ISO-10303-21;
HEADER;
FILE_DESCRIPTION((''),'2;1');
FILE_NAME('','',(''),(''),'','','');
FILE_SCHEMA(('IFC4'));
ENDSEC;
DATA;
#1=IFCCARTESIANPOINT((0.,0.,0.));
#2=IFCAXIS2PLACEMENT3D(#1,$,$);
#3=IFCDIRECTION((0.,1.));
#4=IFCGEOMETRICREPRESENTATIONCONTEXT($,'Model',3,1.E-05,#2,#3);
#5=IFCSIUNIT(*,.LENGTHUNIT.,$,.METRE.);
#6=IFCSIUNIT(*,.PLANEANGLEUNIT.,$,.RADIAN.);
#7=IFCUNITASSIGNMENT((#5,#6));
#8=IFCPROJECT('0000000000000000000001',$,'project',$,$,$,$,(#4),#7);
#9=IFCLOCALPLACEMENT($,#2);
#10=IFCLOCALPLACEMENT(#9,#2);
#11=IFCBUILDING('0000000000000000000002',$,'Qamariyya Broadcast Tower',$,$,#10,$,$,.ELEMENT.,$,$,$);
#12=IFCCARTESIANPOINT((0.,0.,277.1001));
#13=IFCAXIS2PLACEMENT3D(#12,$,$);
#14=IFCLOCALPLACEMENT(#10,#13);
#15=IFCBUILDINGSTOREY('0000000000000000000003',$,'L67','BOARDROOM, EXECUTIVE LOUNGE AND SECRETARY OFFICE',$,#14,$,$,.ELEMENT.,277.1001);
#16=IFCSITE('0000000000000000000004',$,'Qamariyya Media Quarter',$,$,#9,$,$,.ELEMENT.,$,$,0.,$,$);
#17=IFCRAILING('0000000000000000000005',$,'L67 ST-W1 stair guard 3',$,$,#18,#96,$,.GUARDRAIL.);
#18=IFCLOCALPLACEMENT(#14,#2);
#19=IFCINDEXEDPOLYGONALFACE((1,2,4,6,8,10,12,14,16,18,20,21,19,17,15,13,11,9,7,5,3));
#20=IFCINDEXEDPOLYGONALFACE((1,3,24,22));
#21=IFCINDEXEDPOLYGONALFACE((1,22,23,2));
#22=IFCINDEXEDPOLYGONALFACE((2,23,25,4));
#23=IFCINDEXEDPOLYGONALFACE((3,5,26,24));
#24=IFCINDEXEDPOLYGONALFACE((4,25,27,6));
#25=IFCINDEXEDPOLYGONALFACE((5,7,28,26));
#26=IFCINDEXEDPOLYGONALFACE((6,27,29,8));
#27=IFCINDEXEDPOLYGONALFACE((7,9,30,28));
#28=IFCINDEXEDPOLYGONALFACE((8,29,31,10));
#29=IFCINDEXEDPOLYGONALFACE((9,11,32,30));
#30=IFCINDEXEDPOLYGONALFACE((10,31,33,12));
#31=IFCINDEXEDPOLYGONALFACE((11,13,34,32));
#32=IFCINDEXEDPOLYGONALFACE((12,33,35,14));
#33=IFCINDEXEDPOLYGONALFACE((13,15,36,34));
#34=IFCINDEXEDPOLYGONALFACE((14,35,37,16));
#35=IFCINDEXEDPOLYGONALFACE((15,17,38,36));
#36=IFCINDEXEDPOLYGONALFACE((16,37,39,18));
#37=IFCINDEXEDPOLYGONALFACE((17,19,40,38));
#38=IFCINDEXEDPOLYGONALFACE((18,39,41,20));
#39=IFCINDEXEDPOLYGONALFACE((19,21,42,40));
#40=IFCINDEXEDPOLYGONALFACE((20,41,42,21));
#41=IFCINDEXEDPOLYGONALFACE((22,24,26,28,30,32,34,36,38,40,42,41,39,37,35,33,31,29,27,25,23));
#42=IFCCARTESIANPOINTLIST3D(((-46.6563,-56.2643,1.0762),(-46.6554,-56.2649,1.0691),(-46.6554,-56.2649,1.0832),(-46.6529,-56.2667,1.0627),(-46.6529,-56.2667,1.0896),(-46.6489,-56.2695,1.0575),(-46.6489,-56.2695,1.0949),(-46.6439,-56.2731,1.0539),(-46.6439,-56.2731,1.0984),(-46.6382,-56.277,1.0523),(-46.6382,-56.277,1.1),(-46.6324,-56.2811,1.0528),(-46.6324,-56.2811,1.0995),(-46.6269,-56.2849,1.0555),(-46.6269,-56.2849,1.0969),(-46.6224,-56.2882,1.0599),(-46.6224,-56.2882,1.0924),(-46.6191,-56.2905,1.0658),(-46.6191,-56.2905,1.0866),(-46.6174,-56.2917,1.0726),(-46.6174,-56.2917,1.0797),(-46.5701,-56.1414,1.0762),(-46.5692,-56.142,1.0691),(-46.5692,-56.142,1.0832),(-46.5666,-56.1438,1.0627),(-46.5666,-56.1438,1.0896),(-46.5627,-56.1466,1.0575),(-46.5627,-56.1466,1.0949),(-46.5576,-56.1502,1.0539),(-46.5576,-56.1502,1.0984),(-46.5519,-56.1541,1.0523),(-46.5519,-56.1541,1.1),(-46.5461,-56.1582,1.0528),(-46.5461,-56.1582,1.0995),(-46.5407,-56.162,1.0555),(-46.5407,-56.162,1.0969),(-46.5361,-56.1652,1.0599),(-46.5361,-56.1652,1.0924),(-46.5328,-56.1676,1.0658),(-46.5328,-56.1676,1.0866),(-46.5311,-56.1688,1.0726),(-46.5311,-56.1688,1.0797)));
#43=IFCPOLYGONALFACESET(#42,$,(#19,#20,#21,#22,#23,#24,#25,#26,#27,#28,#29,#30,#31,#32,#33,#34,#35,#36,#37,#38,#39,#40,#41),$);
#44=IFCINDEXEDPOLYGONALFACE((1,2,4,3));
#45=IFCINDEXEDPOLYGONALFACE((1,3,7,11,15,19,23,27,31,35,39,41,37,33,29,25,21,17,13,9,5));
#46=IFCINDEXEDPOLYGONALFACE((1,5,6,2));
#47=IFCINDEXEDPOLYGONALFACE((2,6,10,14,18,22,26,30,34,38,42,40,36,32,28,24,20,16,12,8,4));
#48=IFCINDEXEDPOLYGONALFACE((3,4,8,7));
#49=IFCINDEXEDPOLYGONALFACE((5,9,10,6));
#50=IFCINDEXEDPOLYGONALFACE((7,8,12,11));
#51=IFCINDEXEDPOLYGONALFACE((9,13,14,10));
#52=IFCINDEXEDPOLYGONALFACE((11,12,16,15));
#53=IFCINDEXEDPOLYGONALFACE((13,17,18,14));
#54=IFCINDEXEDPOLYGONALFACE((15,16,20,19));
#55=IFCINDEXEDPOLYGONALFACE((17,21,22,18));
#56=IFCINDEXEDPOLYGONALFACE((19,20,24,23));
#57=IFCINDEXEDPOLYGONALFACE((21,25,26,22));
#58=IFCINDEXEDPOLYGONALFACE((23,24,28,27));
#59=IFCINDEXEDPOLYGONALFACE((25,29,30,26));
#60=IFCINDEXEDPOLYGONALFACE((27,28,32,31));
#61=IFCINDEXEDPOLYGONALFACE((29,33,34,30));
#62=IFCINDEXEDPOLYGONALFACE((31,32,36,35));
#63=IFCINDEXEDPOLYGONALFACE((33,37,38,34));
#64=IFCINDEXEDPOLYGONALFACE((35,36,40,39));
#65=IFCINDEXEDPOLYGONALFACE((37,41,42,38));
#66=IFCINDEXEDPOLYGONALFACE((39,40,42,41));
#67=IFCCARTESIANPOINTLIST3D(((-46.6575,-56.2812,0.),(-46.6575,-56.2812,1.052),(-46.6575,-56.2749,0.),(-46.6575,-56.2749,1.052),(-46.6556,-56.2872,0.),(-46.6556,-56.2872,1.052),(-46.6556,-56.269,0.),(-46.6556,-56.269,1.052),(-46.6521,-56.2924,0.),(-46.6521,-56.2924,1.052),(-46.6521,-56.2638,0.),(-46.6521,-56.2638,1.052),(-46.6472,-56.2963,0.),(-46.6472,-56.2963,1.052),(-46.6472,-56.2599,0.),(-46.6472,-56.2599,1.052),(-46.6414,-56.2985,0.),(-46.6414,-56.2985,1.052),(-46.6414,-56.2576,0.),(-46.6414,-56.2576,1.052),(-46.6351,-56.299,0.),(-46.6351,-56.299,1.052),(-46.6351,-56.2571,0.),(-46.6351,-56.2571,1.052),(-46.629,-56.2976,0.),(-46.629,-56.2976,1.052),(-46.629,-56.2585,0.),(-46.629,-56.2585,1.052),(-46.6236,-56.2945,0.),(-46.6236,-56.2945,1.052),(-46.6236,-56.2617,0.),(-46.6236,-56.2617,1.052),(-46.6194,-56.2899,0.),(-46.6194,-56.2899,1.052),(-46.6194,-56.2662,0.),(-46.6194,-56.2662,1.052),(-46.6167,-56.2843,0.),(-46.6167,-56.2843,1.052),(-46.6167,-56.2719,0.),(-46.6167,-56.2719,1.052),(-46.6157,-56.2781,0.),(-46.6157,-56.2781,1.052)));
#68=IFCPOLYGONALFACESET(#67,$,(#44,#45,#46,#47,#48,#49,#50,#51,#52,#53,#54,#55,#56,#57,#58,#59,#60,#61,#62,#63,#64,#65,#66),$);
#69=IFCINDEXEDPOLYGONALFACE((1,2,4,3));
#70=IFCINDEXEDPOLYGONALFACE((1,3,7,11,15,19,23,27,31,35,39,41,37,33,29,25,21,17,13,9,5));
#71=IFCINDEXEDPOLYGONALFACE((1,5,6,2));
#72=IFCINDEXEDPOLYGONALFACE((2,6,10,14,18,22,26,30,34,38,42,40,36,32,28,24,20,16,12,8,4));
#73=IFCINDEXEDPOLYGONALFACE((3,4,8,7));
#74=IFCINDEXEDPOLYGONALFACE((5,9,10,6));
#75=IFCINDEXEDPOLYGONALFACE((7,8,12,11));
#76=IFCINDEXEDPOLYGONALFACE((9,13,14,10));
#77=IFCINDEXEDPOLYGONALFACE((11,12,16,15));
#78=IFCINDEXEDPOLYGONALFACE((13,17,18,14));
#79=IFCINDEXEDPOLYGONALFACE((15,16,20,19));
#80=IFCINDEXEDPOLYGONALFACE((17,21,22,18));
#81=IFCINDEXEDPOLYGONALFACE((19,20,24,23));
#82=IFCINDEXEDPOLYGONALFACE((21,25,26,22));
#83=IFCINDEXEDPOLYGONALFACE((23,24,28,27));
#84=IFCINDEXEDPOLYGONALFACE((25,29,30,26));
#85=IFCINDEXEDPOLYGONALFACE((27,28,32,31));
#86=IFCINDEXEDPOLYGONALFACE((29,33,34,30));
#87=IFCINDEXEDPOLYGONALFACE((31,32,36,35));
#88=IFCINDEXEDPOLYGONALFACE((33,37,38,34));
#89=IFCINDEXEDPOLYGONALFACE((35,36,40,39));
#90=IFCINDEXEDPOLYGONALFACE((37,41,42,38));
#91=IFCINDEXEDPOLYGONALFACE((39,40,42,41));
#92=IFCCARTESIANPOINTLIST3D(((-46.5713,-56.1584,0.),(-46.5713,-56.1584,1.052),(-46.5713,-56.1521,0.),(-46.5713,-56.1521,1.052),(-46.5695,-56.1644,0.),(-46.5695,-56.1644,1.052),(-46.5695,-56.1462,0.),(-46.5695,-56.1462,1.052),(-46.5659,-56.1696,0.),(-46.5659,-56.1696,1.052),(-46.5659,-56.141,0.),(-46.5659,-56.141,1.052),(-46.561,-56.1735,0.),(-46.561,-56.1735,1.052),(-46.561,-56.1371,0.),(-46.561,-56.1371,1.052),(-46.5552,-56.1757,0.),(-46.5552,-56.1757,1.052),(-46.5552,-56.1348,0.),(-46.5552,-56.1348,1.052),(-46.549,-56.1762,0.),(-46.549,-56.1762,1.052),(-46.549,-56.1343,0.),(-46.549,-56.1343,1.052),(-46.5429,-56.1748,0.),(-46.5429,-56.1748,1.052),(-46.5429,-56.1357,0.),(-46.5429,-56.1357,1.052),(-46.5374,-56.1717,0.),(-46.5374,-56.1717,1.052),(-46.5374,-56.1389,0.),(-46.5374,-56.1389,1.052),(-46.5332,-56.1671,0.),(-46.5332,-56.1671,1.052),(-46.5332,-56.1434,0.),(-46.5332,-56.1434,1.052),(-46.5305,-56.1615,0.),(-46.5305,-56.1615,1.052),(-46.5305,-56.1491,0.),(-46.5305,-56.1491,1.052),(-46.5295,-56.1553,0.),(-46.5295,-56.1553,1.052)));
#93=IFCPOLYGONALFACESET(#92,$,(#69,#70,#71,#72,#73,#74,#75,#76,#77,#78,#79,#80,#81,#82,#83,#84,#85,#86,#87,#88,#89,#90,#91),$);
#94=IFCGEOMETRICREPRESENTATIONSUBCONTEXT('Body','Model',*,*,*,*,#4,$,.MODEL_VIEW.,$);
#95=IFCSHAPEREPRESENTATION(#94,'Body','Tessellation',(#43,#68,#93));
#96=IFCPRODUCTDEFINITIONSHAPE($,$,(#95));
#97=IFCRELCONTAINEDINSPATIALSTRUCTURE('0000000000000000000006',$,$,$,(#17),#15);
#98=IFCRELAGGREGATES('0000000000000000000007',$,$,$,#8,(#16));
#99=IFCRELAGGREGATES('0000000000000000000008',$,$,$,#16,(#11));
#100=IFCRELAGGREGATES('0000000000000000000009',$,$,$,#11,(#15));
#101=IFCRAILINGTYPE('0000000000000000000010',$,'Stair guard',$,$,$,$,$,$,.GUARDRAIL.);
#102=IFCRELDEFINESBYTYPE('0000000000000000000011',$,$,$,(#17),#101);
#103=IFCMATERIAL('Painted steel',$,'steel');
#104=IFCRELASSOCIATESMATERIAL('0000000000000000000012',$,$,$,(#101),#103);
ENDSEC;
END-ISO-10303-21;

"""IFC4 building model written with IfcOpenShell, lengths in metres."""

from ifc_helpers import new_model, si_unit, direction, frame, origin, origin_2d, place, context, subcontext, project, spatial, circle, extrude, material, type_object, element, save


model = new_model("IFC4")

# Units and contexts
model_context = context("Model", 3, precision=1e-05, world=origin(), true_north=direction((0.0, 1.0)))
body_context = subcontext(model_context, "Body", "Model", "MODEL_VIEW")
ifc_project = project(units=[si_unit("LENGTHUNIT", "METRE"), si_unit("PLANEANGLEUNIT", "RADIAN")], contexts=[model_context])

# Site, building, storey
site_placement = place(None, origin())
site = spatial("IfcSite", under=ifc_project, at=site_placement, Name="Qamariyya Media Quarter", CompositionType="ELEMENT", RefElevation=0.0)
building_placement = place(site_placement, origin())
building = spatial("IfcBuilding", under=site, at=building_placement, Name="Qamariyya Broadcast Tower", CompositionType="ELEMENT")
storey_placement = place(building_placement, frame((0.0, 0.0, 277.1001)))
storey = spatial("IfcBuildingStorey", under=building, at=storey_placement, Name="L67", Description="BOARDROOM, EXECUTIVE LOUNGE AND SECRETARY OFFICE", CompositionType="ELEMENT", Elevation=277.1001)

# Railing
ifc_material_1 = material(Name="Painted steel", Category="steel")
railing_type_1 = type_object("IfcRailingType", Name="Stair guard", PredefinedType="GUARDRAIL", material=ifc_material_1)
railing_1_placement = place(storey_placement, frame((-46.6367, -56.2781, 0.0)))
element("IfcRailing", 1, at=railing_1_placement, inside=storey, type_object=railing_type_1, Name="L67 ST-W1 stair guard 3", PredefinedType="GUARDRAIL", context=body_context, shape_type="SweptSolid", body=[
    extrude(circle(Radius=0.0239, at=origin_2d()), frame((0.0, 0.0, 1.0762), z_axis=(0.574445, 0.818543, 0.0), x_axis=(-0.818543, 0.574445, 0.0)), (0.0, 0.0, 1.0), 0.1501),
    extrude(circle(Radius=0.021, at=origin_2d()), origin(), (0.0, 0.0, 1.0), 1.052),
    extrude(circle(Radius=0.021, at=origin_2d()), frame((0.0862, 0.1228, 0.0)), (0.0, 0.0, 1.0), 1.052),
])

save(model, "model.ifc")
